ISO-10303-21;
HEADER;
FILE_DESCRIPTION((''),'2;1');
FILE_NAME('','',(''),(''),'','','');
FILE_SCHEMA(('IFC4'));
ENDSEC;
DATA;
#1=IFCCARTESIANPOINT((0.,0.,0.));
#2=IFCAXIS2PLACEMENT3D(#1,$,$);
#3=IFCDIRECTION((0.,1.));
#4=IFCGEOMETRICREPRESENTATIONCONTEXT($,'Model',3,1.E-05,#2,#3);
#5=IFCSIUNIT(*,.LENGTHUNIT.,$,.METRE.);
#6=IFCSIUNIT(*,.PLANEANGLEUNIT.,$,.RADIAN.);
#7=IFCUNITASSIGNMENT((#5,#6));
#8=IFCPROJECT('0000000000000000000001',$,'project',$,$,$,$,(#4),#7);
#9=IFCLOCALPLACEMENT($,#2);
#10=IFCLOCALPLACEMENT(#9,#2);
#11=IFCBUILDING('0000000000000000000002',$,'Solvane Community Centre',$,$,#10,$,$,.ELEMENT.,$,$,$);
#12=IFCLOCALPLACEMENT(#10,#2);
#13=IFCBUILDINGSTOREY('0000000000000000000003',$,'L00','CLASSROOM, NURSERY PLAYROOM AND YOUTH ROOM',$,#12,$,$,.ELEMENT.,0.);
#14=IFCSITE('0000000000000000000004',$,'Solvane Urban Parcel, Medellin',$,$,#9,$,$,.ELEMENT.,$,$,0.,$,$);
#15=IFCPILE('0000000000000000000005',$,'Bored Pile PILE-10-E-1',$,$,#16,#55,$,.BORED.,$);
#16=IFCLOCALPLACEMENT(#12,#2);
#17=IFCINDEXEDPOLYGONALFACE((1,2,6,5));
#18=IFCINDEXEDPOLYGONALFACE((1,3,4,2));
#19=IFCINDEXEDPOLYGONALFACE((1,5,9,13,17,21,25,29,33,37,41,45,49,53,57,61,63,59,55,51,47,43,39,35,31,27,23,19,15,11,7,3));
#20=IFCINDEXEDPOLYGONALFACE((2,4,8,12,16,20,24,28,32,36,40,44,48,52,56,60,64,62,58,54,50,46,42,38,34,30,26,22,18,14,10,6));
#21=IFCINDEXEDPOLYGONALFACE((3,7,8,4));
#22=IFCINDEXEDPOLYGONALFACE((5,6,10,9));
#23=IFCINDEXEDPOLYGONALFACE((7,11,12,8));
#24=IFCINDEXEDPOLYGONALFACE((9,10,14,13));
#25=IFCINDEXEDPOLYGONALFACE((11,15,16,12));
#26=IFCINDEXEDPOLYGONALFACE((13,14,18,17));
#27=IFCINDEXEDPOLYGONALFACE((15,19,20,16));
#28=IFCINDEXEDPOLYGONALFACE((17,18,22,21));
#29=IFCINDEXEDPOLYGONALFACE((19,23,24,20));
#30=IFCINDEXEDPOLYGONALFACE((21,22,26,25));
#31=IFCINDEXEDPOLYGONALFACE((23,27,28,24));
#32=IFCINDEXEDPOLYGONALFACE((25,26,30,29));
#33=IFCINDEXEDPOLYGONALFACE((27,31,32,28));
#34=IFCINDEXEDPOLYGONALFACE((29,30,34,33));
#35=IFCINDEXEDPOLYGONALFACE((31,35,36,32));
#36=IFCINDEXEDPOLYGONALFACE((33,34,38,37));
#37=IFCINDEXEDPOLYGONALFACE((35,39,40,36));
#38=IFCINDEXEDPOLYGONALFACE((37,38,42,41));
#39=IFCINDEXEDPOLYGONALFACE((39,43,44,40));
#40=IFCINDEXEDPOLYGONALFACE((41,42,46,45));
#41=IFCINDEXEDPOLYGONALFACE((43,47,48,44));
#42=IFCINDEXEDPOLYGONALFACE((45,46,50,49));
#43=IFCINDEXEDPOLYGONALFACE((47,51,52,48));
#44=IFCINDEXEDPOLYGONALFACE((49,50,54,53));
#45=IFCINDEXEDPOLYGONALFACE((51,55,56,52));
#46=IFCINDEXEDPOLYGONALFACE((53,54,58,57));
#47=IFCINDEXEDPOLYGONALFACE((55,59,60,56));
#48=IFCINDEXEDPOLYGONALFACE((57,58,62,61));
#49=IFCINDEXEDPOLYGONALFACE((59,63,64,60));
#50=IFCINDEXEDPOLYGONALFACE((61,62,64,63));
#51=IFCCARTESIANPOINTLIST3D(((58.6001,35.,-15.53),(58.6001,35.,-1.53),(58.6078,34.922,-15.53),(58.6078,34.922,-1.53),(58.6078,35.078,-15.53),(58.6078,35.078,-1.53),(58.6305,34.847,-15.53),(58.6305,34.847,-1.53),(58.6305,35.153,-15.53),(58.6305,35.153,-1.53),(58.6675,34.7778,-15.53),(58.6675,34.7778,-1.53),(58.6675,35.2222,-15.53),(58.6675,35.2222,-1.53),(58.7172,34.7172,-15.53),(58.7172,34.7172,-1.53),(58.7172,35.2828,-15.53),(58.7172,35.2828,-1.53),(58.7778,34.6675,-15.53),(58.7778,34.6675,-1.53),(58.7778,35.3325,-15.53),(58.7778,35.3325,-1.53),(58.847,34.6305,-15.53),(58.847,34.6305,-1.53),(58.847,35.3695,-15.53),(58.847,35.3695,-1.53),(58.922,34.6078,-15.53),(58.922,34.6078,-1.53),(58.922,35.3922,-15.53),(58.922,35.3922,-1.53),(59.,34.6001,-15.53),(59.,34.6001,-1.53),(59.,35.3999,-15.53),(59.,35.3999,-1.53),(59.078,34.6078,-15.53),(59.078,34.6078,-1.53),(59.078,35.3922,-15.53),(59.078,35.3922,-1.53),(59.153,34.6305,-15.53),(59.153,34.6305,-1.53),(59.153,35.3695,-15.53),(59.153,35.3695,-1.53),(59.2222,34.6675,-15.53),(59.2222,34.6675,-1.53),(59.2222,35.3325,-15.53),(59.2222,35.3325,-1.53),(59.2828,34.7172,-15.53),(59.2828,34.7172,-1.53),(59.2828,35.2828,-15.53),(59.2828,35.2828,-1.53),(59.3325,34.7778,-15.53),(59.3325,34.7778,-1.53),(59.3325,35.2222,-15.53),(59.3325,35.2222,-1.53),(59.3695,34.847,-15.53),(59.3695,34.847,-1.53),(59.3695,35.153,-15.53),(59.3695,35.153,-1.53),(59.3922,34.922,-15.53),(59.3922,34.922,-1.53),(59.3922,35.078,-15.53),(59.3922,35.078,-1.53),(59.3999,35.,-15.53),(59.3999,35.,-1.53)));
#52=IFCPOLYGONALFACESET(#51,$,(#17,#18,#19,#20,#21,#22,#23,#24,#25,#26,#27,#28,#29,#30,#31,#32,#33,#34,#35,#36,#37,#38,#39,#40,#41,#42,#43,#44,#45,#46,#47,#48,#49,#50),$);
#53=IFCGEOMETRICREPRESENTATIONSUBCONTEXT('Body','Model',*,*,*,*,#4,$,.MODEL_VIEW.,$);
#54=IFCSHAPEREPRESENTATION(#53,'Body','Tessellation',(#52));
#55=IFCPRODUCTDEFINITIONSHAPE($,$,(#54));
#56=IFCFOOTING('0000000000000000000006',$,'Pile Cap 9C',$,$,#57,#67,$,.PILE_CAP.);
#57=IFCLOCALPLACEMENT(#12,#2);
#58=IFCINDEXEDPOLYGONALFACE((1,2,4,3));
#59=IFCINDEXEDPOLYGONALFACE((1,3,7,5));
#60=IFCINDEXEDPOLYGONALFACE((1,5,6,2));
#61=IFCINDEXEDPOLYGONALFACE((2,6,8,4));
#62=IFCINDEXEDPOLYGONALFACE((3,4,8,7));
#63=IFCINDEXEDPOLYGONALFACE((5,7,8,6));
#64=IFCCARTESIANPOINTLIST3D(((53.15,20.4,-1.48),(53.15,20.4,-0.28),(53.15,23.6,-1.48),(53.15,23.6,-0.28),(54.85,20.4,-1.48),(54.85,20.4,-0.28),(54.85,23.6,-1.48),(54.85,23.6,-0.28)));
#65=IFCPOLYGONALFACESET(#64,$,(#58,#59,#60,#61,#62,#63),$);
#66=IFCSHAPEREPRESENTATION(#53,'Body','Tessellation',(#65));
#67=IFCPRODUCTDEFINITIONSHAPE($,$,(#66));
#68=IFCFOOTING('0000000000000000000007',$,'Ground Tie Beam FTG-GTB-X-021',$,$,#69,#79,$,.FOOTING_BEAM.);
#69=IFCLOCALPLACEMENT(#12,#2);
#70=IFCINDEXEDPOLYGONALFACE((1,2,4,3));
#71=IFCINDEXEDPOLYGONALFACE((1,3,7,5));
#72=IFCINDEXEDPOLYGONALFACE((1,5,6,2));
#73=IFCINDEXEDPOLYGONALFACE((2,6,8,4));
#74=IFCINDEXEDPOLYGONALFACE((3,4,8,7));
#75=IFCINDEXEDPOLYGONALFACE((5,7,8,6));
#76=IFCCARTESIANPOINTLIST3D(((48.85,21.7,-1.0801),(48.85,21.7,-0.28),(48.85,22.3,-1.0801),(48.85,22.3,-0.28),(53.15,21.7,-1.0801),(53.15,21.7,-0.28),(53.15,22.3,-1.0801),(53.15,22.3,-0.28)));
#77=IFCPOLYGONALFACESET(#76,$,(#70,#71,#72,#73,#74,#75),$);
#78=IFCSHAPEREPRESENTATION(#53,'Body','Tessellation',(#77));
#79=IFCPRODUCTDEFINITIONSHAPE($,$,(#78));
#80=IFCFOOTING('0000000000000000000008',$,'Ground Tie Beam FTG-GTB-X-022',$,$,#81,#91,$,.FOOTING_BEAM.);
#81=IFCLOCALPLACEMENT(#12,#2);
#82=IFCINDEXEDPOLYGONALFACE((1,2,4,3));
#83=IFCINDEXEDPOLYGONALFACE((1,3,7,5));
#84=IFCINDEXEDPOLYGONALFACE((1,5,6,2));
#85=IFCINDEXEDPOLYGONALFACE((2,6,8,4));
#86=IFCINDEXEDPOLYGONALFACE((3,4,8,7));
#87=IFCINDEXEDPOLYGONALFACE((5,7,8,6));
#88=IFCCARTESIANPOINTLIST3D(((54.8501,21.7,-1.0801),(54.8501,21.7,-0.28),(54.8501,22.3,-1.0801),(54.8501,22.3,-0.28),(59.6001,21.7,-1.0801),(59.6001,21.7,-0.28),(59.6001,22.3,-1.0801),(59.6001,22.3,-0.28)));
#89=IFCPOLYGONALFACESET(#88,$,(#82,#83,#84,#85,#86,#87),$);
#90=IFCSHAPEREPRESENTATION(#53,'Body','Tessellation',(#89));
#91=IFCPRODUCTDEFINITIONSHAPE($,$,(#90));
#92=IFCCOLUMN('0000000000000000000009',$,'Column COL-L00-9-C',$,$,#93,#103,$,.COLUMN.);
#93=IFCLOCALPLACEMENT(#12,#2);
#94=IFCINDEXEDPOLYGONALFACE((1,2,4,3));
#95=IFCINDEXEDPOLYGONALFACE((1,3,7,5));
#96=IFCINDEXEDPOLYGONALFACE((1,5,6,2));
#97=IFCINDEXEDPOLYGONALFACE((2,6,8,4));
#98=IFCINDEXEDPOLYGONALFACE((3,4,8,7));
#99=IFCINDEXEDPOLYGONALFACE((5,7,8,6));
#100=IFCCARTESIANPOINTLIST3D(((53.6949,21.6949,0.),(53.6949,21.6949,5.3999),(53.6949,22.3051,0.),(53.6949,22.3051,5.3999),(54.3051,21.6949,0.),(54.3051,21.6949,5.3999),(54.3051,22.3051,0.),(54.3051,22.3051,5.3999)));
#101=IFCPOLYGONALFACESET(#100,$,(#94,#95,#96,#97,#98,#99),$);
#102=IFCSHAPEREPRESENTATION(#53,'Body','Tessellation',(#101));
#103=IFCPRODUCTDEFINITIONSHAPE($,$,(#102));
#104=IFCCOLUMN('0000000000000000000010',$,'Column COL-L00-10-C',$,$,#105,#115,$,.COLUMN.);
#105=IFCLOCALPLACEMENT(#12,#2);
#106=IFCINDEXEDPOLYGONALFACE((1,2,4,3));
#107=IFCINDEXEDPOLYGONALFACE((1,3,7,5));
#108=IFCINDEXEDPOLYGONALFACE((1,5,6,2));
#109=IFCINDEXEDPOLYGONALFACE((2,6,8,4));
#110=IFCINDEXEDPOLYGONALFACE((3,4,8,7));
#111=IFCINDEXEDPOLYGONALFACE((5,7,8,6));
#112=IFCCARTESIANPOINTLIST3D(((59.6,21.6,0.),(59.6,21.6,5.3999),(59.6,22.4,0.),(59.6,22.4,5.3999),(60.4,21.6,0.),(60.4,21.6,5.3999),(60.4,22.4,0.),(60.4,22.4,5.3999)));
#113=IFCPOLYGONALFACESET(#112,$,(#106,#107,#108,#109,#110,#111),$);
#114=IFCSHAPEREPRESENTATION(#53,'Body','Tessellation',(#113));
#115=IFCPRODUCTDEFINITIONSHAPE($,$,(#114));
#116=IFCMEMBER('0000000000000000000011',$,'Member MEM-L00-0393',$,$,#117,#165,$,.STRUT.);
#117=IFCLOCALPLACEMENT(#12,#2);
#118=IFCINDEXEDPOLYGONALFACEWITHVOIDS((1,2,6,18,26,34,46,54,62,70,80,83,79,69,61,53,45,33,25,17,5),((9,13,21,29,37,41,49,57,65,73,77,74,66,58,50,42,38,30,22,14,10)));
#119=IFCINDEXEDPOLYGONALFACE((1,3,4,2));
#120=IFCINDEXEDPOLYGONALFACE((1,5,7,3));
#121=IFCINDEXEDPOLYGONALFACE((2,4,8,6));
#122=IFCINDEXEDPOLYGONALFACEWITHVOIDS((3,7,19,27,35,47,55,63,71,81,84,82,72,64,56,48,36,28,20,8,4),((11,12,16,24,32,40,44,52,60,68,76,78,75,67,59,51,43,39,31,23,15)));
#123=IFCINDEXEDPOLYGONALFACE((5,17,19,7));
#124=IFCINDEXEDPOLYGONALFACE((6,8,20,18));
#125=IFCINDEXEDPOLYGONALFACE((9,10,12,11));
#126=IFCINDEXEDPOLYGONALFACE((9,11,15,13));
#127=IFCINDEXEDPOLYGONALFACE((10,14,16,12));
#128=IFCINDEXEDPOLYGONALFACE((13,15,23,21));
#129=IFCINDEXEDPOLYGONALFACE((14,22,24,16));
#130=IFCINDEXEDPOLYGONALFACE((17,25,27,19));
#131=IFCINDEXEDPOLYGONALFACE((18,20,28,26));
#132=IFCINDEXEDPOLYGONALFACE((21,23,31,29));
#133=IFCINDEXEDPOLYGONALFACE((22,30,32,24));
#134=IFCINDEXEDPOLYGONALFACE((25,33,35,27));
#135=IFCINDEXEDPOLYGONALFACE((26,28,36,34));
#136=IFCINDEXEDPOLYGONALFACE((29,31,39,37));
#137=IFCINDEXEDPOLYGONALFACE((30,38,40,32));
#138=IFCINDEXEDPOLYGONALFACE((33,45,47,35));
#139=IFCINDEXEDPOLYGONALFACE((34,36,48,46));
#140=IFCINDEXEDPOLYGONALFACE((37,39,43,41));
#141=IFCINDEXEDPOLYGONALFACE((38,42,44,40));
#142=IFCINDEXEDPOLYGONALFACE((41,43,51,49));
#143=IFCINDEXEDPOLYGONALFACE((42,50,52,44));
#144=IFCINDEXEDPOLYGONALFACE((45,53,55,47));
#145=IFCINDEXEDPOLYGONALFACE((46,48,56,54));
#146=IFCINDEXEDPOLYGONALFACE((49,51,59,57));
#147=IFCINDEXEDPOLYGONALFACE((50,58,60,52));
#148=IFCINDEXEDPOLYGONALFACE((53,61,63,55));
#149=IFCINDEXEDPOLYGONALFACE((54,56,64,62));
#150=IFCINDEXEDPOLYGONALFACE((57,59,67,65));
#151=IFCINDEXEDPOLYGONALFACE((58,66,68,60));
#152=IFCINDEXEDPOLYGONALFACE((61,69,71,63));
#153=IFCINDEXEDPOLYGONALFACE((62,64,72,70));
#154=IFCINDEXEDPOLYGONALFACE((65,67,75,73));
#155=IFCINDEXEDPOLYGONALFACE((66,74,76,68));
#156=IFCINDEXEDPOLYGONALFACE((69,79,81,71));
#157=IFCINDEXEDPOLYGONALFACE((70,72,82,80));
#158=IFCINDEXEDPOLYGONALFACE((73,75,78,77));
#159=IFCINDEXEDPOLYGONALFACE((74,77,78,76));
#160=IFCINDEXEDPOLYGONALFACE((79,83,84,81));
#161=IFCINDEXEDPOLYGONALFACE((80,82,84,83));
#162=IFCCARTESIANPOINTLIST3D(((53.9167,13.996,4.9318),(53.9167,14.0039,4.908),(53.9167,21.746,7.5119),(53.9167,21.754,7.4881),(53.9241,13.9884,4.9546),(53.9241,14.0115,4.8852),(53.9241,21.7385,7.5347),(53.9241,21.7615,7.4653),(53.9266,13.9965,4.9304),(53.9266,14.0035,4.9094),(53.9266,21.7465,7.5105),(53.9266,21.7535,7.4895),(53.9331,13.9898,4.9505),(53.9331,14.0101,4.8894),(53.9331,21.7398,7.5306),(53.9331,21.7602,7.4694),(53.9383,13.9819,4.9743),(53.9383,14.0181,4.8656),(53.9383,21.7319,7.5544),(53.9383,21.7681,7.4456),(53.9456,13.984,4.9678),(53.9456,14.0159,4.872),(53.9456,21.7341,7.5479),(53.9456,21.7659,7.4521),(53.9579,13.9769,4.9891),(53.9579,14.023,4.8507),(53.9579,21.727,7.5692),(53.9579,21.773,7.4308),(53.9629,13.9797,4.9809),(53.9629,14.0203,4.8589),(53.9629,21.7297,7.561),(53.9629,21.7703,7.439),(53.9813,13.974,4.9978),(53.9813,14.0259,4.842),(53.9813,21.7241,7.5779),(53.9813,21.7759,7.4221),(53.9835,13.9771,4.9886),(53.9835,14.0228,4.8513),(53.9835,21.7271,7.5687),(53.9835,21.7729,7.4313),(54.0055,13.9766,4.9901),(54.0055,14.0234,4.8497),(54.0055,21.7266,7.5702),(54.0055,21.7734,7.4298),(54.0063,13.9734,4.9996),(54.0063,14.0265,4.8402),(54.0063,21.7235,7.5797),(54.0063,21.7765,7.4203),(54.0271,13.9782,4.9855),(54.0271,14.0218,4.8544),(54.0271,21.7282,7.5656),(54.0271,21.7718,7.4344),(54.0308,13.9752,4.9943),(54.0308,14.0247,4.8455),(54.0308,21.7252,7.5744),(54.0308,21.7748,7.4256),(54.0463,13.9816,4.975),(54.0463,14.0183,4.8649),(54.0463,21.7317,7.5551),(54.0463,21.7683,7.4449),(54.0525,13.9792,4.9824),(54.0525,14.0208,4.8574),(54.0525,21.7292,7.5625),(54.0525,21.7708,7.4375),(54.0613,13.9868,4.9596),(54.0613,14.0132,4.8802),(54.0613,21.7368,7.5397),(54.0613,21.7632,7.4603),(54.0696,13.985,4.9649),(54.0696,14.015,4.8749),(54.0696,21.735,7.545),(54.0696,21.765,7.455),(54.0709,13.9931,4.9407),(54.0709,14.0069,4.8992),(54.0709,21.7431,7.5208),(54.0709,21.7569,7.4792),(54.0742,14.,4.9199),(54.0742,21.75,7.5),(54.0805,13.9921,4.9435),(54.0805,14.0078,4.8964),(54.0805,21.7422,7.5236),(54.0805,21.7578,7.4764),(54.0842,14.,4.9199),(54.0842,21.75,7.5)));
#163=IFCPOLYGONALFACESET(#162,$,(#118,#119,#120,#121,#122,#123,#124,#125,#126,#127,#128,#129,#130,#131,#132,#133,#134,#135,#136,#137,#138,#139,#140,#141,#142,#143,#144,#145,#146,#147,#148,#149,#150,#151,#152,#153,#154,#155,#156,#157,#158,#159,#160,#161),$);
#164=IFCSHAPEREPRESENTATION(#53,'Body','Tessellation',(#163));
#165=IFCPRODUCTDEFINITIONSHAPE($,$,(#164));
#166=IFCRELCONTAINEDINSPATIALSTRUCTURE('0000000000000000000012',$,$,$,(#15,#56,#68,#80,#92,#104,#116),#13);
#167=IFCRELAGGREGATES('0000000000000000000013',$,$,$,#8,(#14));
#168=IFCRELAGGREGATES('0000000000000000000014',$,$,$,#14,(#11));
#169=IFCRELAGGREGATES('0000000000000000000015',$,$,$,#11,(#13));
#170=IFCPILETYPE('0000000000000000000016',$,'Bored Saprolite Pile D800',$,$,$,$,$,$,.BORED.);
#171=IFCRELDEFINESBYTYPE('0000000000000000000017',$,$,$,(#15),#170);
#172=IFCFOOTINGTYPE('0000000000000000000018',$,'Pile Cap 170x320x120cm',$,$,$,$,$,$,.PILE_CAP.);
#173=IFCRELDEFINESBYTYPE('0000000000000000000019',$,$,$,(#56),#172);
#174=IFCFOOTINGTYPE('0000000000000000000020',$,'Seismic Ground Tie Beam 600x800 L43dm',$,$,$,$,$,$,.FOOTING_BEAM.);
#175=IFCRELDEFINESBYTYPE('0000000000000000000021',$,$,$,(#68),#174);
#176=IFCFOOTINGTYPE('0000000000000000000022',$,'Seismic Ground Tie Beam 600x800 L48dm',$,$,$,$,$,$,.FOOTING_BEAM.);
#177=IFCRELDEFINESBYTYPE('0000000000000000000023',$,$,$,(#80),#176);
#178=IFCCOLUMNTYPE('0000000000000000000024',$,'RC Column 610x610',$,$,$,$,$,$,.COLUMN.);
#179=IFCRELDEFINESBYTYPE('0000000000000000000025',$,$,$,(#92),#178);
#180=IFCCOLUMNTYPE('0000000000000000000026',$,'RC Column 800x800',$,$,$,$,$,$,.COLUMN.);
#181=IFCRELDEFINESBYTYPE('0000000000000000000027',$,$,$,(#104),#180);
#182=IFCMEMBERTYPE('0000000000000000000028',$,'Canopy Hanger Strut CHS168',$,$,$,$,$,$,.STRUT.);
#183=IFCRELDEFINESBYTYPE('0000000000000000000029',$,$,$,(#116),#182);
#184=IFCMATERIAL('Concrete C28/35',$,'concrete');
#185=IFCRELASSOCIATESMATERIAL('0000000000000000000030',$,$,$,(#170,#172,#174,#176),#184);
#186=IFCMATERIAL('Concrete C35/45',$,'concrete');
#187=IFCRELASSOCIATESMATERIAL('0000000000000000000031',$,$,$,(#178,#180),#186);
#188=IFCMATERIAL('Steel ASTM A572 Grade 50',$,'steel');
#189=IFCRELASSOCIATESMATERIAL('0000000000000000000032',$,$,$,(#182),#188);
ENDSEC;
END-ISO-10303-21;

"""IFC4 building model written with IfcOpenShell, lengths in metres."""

from ifc_helpers import new_model, si_unit, direction, frame, origin, origin_2d, place, context, subcontext, project, spatial, rectangle, circle, hollow_circle, extrude, material, material_profile, profile_set, type_object, element, save


model = new_model("IFC4")

# Units and contexts
model_context = context("Model", 3, precision=1e-05, world=origin(), true_north=direction((0.0, 1.0)))
body_context = subcontext(model_context, "Body", "Model", "MODEL_VIEW")
ifc_project = project(units=[si_unit("LENGTHUNIT", "METRE"), si_unit("PLANEANGLEUNIT", "RADIAN")], contexts=[model_context])

# Site, building, storey
site_placement = place(None, origin())
site = spatial("IfcSite", under=ifc_project, at=site_placement, Name="Solvane Urban Parcel, Medellin", CompositionType="ELEMENT", RefElevation=0.0)
building_placement = place(site_placement, origin())
building = spatial("IfcBuilding", under=site, at=building_placement, Name="Solvane Community Centre", CompositionType="ELEMENT")
storey_placement = place(building_placement, origin())
storey = spatial("IfcBuildingStorey", under=building, at=storey_placement, Name="L00", Description="CLASSROOM, NURSERY PLAYROOM AND YOUTH ROOM", CompositionType="ELEMENT", Elevation=0.0)

# Pile
ifc_material_1 = material(Name="Concrete C28/35", Category="concrete")
ifc_material_profile_1 = material_profile(ifc_material_1, circle(Radius=0.3999, at=origin_2d()), Name="PILE D800")
ifc_profile_set_1 = profile_set([ifc_material_profile_1], Name="Concrete C28/35")
pile_type = type_object("IfcPileType", Name="Bored Saprolite Pile D800", PredefinedType="BORED", material=ifc_profile_set_1)
for number, where, z_axis, x_axis, name in (
    (1, (59.0, 35.0, -1.53), (0.0, 0.0, -1.0), (1.0, 0.0, 0.0), "Bored Pile PILE-10-E-1"),
):
    element("IfcPile", number, at=place(storey_placement, frame(where, z_axis=z_axis, x_axis=x_axis)), inside=storey, type_object=pile_type, Name=name, PredefinedType="BORED", context=body_context, shape_type="SweptSolid", body=[
        extrude(circle(Radius=0.3999, at=origin_2d()), origin(), (0.0, 0.0, 1.0), 14.0),
    ])

# Footings
footing_type_1 = type_object("IfcFootingType", Name="Pile Cap 170x320x120cm", PredefinedType="PILE_CAP", material=ifc_material_1)
footing_1_placement = place(storey_placement, frame((54.0, 22.0, -1.48), z_axis=(0.0, 0.0, 1.0), x_axis=(1.0, 0.0, 0.0)))
element("IfcFooting", 2, at=footing_1_placement, inside=storey, type_object=footing_type_1, Name="Pile Cap 9C", PredefinedType="PILE_CAP", context=body_context, shape_type="SweptSolid", body=[
    extrude(rectangle(XDim=1.7, YDim=3.2, at=origin_2d()), origin(), (0.0, 0.0, 1.0), 1.2),
])
footing_type_2 = type_object("IfcFootingType", Name="Seismic Ground Tie Beam 600x800 L43dm", PredefinedType="FOOTING_BEAM", material=ifc_material_1)
footing_2_placement = place(storey_placement, frame((51.0, 22.0, -1.0801), z_axis=(0.0, 0.0, 1.0), x_axis=(1.0, 0.0, 0.0)))
element("IfcFooting", 3, at=footing_2_placement, inside=storey, type_object=footing_type_2, Name="Ground Tie Beam FTG-GTB-X-021", PredefinedType="FOOTING_BEAM", context=body_context, shape_type="SweptSolid", body=[
    extrude(rectangle(XDim=4.3, YDim=0.6001, at=origin_2d()), origin(), (0.0, 0.0, 1.0), 0.8),
])
footing_type_3 = type_object("IfcFootingType", Name="Seismic Ground Tie Beam 600x800 L48dm", PredefinedType="FOOTING_BEAM", material=ifc_material_1)
footing_3_placement = place(storey_placement, frame((57.2251, 22.0, -1.0801), z_axis=(0.0, 0.0, 1.0), x_axis=(1.0, 0.0, 0.0)))
element("IfcFooting", 4, at=footing_3_placement, inside=storey, type_object=footing_type_3, Name="Ground Tie Beam FTG-GTB-X-022", PredefinedType="FOOTING_BEAM", context=body_context, shape_type="SweptSolid", body=[
    extrude(rectangle(XDim=4.75, YDim=0.6001, at=origin_2d()), origin(), (0.0, 0.0, 1.0), 0.8),
])

# Columns
ifc_material_2 = material(Name="Concrete C35/45", Category="concrete")
ifc_material_profile_2 = material_profile(ifc_material_2, rectangle(XDim=0.6101, YDim=0.6101, at=origin_2d()), Name="RC 610x610")
ifc_profile_set_2 = profile_set([ifc_material_profile_2], Name="Concrete C35/45")
column_type_1 = type_object("IfcColumnType", Name="RC Column 610x610", PredefinedType="COLUMN", material=ifc_profile_set_2)
column_1_placement = place(storey_placement, frame((54.0, 22.0, 0.0), z_axis=(0.0, 0.0, 1.0), x_axis=(1.0, 0.0, 0.0)))
element("IfcColumn", 5, at=column_1_placement, inside=storey, type_object=column_type_1, Name="Column COL-L00-9-C", PredefinedType="COLUMN", context=body_context, shape_type="SweptSolid", body=[
    extrude(rectangle(XDim=0.6101, YDim=0.6101, at=origin_2d()), origin(), (0.0, 0.0, 1.0), 5.3999),
])
ifc_material_profile_3 = material_profile(ifc_material_2, rectangle(XDim=0.8, YDim=0.8, at=origin_2d()), Name="RC 800x800")
ifc_profile_set_3 = profile_set([ifc_material_profile_3], Name="Concrete C35/45")
column_type_2 = type_object("IfcColumnType", Name="RC Column 800x800", PredefinedType="COLUMN", material=ifc_profile_set_3)
column_2_placement = place(storey_placement, frame((60.0, 22.0, 0.0), z_axis=(0.0, 0.0, 1.0), x_axis=(1.0, 0.0, 0.0)))
element("IfcColumn", 6, at=column_2_placement, inside=storey, type_object=column_type_2, Name="Column COL-L00-10-C", PredefinedType="COLUMN", context=body_context, shape_type="SweptSolid", body=[
    extrude(rectangle(XDim=0.8, YDim=0.8, at=origin_2d()), origin(), (0.0, 0.0, 1.0), 5.3999),
])

# Member
ifc_material_3 = material(Name="Steel ASTM A572 Grade 50", Category="steel")
ifc_material_profile_4 = material_profile(ifc_material_3, hollow_circle(Radius=0.0842, WallThickness=0.01, at=origin_2d()), Name="CHS 168.3x10.0")
ifc_profile_set_4 = profile_set([ifc_material_profile_4], Name="Steel ASTM A572 Grade 50")
member_type = type_object("IfcMemberType", Name="Canopy Hanger Strut CHS168", PredefinedType="STRUT", material=ifc_profile_set_4)
for number, where, z_axis, x_axis, name in (
    (7, (54.0, 21.75, 7.5), (0.0, -0.948803, -0.315869), (1.0, 0.0, 0.0), "Member MEM-L00-0393"),
):
    element("IfcMember", number, at=place(storey_placement, frame(where, z_axis=z_axis, x_axis=x_axis)), inside=storey, type_object=member_type, Name=name, PredefinedType="STRUT", context=body_context, shape_type="SweptSolid", body=[
        extrude(hollow_circle(Radius=0.0842, WallThickness=0.01, at=origin_2d()), origin(), (0.0, 0.0, 1.0), 8.1682),
    ])

save(model, "model.ifc")
